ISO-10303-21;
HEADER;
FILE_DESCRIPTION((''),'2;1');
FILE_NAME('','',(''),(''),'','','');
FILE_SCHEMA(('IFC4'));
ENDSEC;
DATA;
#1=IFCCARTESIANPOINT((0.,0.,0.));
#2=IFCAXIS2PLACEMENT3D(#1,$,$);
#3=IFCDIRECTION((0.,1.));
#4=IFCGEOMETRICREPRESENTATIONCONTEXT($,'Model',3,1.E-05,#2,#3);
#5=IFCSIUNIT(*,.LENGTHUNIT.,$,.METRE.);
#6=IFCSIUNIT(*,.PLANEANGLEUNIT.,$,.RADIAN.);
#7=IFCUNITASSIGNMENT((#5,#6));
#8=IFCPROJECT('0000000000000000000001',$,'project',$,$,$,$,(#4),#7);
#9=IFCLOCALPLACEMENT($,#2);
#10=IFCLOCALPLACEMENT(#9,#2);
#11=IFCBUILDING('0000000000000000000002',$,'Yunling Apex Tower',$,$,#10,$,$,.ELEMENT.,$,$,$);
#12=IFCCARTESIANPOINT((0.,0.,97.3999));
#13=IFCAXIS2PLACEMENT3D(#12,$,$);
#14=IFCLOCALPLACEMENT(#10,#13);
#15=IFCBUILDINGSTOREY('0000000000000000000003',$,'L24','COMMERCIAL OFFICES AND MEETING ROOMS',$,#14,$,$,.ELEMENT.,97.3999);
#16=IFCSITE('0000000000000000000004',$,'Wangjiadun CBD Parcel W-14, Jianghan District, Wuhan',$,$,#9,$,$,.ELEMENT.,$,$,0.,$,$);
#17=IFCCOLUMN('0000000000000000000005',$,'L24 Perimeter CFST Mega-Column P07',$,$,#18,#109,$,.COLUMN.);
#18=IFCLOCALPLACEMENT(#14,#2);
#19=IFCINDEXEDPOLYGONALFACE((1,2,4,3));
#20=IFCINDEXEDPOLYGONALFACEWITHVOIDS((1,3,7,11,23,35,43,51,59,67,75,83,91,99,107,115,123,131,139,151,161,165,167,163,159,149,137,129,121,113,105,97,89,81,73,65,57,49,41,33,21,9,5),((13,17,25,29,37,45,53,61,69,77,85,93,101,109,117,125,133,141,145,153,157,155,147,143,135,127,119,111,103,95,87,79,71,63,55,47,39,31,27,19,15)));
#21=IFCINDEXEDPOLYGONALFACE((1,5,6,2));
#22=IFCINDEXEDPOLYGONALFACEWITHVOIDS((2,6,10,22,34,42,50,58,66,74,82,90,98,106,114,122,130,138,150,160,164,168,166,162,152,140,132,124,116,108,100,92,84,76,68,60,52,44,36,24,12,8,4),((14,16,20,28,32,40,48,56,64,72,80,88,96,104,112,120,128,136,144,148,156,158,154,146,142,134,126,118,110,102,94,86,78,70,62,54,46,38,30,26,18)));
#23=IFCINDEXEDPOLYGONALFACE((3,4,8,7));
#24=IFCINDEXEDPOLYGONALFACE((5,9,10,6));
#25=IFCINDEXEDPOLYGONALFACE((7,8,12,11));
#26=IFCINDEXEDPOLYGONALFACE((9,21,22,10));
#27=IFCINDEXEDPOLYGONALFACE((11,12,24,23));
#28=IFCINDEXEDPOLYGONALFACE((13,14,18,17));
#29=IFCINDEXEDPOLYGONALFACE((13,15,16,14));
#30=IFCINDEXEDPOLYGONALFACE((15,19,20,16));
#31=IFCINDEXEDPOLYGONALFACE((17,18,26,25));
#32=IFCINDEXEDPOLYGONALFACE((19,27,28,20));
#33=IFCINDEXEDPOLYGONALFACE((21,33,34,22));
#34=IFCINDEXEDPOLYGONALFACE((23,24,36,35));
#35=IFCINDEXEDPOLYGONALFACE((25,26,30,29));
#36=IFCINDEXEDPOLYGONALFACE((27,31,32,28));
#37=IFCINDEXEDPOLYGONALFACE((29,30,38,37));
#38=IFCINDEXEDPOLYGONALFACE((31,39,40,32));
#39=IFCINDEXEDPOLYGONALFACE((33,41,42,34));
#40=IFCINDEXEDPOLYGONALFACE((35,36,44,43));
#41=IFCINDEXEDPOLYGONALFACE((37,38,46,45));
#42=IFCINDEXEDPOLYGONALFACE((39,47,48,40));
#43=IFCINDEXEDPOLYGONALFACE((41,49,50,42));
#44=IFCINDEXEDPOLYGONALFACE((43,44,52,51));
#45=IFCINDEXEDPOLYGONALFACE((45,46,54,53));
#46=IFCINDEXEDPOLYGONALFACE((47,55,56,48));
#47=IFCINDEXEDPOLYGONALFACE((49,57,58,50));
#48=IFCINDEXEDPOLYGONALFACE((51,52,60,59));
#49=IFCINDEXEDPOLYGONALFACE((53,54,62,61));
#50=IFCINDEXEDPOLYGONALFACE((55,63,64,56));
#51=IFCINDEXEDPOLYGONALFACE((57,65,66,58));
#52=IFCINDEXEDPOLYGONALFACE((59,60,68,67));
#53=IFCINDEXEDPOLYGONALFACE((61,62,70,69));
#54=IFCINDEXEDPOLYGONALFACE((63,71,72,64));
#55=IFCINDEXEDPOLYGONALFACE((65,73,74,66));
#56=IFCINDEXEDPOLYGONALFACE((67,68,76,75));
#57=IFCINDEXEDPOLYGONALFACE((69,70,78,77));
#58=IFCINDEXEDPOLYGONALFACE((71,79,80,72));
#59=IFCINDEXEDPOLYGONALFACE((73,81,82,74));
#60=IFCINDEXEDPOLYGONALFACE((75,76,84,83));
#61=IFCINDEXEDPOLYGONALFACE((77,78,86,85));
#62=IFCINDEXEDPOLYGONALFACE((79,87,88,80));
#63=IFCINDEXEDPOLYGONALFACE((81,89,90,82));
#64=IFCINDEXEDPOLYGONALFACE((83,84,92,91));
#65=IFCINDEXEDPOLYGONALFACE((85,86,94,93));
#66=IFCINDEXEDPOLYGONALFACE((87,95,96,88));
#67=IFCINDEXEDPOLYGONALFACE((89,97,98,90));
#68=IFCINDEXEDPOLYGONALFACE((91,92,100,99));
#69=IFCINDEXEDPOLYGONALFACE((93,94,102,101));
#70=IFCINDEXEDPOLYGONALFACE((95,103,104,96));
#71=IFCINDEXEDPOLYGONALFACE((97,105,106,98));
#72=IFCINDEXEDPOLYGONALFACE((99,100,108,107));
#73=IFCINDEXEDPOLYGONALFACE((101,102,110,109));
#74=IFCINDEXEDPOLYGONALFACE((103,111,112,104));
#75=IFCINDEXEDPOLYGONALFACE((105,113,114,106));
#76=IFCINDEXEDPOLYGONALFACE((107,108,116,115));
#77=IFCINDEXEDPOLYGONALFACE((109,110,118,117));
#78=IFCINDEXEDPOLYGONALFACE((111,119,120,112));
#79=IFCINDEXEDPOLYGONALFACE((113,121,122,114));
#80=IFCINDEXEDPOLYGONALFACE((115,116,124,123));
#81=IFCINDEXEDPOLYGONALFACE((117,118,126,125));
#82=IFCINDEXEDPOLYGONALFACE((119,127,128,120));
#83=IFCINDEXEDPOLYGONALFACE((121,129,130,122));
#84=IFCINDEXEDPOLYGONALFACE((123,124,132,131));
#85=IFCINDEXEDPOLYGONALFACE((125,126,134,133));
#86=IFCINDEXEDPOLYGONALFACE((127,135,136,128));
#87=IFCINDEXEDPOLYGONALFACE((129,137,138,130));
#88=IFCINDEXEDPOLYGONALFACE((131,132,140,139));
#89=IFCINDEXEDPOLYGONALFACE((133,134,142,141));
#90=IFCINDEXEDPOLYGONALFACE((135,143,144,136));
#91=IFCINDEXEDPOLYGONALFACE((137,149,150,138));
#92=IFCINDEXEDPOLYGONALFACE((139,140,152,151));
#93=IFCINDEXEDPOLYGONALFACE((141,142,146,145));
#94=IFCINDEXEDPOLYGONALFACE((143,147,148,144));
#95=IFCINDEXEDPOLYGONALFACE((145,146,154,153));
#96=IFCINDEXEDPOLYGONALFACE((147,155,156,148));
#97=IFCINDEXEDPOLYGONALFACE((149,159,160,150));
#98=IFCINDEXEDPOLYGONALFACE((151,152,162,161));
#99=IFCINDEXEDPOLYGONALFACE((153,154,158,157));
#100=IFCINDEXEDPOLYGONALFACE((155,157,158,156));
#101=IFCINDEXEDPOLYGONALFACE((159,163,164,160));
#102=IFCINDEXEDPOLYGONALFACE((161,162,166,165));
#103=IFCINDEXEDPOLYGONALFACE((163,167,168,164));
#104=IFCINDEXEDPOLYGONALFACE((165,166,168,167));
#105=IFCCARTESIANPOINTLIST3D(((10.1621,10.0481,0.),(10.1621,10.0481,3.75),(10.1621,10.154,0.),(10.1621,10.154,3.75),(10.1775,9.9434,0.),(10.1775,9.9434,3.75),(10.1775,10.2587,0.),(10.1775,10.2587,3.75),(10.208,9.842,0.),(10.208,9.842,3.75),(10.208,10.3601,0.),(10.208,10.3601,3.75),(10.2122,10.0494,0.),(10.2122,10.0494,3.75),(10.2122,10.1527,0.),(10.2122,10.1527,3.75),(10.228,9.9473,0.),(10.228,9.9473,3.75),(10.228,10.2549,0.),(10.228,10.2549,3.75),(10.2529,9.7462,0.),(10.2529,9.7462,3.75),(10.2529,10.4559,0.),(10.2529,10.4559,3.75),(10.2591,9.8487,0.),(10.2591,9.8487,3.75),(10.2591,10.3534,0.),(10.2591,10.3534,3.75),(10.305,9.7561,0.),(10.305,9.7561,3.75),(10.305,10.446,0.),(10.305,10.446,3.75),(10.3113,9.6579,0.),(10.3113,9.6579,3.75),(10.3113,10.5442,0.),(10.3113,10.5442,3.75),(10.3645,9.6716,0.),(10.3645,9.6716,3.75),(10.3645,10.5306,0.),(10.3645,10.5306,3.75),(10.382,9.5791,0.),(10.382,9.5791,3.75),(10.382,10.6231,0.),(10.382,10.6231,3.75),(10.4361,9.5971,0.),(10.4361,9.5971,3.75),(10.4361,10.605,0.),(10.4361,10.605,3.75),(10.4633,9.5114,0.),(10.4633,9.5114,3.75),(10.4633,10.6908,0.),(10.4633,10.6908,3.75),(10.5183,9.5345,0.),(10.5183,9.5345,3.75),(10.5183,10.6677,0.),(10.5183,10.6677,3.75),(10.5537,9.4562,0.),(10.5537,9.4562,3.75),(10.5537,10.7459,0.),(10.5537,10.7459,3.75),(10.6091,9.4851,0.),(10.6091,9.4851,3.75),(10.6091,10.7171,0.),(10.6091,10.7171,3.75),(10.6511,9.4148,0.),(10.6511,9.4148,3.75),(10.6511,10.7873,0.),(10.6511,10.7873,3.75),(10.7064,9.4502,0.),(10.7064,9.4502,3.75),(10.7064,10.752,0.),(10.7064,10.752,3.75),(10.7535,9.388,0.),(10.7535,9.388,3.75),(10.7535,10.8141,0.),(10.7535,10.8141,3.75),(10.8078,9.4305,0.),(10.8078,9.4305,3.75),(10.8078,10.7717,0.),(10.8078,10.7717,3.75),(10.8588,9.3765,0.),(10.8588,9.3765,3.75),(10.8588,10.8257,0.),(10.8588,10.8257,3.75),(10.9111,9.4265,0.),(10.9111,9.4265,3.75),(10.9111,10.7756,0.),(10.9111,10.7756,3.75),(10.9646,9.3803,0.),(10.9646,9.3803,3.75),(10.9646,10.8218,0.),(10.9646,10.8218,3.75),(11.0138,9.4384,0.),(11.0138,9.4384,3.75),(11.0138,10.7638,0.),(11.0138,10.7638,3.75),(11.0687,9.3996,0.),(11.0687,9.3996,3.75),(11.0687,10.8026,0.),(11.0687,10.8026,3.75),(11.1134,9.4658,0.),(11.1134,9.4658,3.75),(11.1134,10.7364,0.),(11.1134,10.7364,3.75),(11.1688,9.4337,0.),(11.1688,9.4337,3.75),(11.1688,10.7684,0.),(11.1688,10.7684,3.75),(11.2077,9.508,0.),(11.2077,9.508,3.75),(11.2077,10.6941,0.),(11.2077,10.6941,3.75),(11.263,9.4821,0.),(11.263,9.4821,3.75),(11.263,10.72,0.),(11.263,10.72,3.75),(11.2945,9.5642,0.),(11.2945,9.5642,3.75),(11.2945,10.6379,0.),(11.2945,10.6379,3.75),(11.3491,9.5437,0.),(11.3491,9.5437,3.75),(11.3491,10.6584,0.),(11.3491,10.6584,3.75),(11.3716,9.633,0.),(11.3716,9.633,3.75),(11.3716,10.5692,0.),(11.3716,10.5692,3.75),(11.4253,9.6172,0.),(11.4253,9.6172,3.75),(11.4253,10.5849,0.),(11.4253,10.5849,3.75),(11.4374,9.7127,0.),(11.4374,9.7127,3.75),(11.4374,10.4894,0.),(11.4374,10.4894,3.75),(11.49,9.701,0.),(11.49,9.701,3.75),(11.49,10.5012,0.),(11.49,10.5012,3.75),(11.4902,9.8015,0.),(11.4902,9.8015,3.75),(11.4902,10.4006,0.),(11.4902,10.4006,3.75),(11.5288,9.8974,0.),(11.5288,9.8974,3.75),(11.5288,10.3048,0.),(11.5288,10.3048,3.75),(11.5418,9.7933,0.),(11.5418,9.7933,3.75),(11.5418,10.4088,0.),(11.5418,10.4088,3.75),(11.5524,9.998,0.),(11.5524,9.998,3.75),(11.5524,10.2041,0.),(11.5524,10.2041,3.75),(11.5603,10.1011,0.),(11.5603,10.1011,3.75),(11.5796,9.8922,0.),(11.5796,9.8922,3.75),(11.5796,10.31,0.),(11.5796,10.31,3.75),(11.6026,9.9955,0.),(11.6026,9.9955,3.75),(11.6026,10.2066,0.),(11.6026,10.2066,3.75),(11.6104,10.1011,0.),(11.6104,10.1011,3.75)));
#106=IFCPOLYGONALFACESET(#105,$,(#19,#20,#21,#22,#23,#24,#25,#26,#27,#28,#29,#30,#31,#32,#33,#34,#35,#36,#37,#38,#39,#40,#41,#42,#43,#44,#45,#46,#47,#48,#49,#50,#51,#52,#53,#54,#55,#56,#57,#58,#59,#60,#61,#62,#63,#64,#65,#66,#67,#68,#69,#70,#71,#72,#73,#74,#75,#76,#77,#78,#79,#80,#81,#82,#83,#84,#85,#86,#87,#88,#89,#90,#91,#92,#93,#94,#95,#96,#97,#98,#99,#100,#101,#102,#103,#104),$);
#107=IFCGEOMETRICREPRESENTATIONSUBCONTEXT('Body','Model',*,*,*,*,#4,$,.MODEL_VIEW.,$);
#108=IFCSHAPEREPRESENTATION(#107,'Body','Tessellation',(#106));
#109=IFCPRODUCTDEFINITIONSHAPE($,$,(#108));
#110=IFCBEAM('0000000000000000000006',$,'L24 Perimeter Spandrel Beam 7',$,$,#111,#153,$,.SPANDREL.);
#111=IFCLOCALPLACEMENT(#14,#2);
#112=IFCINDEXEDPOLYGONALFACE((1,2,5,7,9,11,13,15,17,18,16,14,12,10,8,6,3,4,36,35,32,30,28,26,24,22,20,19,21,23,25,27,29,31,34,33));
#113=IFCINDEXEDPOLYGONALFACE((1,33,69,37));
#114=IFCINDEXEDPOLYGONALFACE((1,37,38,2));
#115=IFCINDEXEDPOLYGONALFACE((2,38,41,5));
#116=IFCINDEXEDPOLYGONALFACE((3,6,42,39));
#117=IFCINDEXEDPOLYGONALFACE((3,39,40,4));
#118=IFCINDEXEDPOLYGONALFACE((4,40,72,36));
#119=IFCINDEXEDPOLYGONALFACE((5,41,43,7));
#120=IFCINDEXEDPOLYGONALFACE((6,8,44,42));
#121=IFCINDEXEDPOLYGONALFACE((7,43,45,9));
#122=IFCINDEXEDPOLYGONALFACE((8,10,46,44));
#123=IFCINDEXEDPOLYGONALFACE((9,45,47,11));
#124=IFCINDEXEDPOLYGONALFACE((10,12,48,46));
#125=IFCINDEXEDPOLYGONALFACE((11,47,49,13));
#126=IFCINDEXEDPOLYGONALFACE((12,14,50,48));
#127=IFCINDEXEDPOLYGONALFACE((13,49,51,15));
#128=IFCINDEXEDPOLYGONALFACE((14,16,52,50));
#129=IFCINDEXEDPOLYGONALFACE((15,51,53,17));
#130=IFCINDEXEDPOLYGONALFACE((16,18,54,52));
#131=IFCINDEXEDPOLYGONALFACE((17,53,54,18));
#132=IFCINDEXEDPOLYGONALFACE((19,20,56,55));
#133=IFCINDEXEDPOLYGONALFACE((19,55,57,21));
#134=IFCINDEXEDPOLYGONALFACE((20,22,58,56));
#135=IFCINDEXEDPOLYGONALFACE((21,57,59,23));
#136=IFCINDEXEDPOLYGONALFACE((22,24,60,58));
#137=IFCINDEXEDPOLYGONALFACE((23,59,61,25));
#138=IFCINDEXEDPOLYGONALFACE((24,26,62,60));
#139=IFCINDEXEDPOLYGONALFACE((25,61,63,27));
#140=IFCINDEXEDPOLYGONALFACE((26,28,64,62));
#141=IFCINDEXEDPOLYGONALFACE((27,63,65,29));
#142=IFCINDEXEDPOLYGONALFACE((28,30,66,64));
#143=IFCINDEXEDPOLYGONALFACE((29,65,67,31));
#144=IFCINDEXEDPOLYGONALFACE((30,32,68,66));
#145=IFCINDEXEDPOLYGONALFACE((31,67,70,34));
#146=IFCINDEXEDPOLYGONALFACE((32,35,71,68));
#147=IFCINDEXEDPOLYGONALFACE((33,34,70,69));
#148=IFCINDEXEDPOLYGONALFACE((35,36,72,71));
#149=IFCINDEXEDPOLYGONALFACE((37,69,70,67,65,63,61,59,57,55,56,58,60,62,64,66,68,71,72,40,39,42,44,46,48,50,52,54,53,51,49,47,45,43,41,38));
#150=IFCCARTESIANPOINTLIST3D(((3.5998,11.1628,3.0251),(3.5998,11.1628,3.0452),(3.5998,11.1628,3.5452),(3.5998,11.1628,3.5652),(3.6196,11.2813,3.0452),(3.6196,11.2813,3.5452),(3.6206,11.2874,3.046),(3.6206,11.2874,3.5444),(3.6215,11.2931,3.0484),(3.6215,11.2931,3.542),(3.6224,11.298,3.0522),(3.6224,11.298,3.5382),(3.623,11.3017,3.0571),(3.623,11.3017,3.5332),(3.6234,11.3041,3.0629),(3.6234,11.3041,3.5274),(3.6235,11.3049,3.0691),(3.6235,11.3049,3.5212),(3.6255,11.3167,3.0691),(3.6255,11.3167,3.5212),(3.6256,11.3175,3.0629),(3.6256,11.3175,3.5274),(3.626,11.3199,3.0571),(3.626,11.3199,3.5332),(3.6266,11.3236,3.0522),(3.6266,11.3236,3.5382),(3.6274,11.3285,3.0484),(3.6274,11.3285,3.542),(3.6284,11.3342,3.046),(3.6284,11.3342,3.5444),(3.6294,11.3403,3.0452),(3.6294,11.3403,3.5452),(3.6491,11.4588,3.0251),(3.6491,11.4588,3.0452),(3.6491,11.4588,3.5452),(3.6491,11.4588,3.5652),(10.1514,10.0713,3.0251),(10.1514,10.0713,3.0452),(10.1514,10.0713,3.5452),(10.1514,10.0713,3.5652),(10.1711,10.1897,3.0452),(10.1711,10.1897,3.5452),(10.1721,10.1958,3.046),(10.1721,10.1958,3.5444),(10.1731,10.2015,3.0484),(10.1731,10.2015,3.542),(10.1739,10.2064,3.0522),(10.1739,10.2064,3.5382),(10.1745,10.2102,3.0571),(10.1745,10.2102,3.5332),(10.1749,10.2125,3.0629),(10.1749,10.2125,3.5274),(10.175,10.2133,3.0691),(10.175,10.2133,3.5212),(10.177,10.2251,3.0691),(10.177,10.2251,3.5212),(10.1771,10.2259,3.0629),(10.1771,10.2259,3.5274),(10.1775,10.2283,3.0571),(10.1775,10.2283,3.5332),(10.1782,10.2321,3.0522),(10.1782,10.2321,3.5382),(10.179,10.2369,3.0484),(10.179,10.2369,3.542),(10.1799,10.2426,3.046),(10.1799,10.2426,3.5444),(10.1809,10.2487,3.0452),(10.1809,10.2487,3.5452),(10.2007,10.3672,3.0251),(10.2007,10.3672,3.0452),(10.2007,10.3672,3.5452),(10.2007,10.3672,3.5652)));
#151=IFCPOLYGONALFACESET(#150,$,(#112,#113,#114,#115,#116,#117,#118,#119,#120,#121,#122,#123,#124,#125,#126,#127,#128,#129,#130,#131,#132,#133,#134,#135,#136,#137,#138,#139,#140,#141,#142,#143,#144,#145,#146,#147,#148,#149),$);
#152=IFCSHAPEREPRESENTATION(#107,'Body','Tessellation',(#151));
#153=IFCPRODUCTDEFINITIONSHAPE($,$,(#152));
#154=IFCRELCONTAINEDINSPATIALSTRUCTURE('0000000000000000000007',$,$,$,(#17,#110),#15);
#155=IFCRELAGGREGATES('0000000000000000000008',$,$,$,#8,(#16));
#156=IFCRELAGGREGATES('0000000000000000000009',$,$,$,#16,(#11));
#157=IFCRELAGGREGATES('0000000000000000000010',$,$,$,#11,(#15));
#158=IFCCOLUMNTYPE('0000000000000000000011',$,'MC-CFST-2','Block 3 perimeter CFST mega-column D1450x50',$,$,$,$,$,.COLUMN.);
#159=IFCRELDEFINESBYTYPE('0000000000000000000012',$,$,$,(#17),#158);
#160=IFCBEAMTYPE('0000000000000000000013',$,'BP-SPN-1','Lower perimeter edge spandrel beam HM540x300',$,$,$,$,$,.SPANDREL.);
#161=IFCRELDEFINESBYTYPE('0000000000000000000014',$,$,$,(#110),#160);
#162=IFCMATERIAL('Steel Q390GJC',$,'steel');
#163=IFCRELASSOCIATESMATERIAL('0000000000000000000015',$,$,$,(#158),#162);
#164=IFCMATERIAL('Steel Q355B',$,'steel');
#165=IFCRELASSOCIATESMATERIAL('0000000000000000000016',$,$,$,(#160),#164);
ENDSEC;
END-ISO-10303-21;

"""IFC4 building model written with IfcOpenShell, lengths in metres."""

from ifc_helpers import new_model, si_unit, direction, frame, origin, origin_2d, place, context, subcontext, project, spatial, hollow_circle, i_section, extrude, source, transform, mapped, material, material_profile, profile_set, type_object, element, save


model = new_model("IFC4")

# Units and contexts
model_context = context("Model", 3, precision=1e-05, world=origin(), true_north=direction((0.0, 1.0)))
body_context = subcontext(model_context, "Body", "Model", "MODEL_VIEW")
ifc_project = project(units=[si_unit("LENGTHUNIT", "METRE"), si_unit("PLANEANGLEUNIT", "RADIAN")], contexts=[model_context])

# Site, building, storey
site_placement = place(None, origin())
site = spatial("IfcSite", under=ifc_project, at=site_placement, Name="Wangjiadun CBD Parcel W-14, Jianghan District, Wuhan", CompositionType="ELEMENT", RefElevation=0.0)
building_placement = place(site_placement, origin())
building = spatial("IfcBuilding", under=site, at=building_placement, Name="Yunling Apex Tower", CompositionType="ELEMENT")
storey_placement = place(building_placement, frame((0.0, 0.0, 97.3999)))
storey = spatial("IfcBuildingStorey", under=building, at=storey_placement, Name="L24", Description="COMMERCIAL OFFICES AND MEETING ROOMS", CompositionType="ELEMENT", Elevation=97.3999)

# Column
ifc_material_1 = material(Name="Steel Q390GJC", Category="steel")
ifc_material_profile_1 = material_profile(ifc_material_1, hollow_circle(Radius=0.7251, WallThickness=0.05, at=origin_2d()))
ifc_profile_set_1 = profile_set([ifc_material_profile_1], Name="Steel Q390GJC")
column_type = type_object("IfcColumnType", Name="MC-CFST-2", Description="Block 3 perimeter CFST mega-column D1450x50", PredefinedType="COLUMN", material=ifc_profile_set_1)
shared_shape_1 = source(origin(), body_context, "Body", "SweptSolid", [
    extrude(hollow_circle(Radius=0.7251, WallThickness=0.05, at=origin_2d()), origin(), (0.0, 0.0, 1.0), 3.75),
])
column_placement = place(storey_placement, frame((10.8853, 10.1011, 0.0), z_axis=(0.0, 0.0, 1.0), x_axis=(1.0, 0.0, 0.0)))
element("IfcColumn", 1, at=column_placement, inside=storey, type_object=column_type, Name="L24 Perimeter CFST Mega-Column P07", PredefinedType="COLUMN", context=body_context, shape_type="MappedRepresentation", body=[
    mapped(shared_shape_1, transform((0.0, 0.0, 0.0), scale=1.0)),
])

# Beam
ifc_material_2 = material(Name="Steel Q355B", Category="steel")
ifc_material_profile_2 = material_profile(ifc_material_2, i_section(OverallWidth=0.3, OverallDepth=0.54, WebThickness=0.012, FlangeThickness=0.02, FilletRadius=0.0239, at=origin_2d()))
ifc_profile_set_2 = profile_set([ifc_material_profile_2], Name="Steel Q355B")
beam_type_1 = type_object("IfcBeamType", Name="BP-SPN-1", Description="Lower perimeter edge spandrel beam HM540x300", PredefinedType="SPANDREL", material=ifc_profile_set_2)
shared_shape_2 = source(origin(), body_context, "Body", "SweptSolid", [
    extrude(i_section(OverallWidth=0.3, OverallDepth=0.54, WebThickness=0.012, FlangeThickness=0.02, FilletRadius=0.0239, at=origin_2d()), origin(), (0.0, 0.0, 1.0), 6.6418),
])
beam_1_placement = place(storey_placement, frame((10.176, 10.2192, 3.2952), z_axis=(-0.986403, 0.164345, 0.0), x_axis=(-0.164345, -0.986403, 0.0)))
element("IfcBeam", 2, at=beam_1_placement, inside=storey, type_object=beam_type_1, Name="L24 Perimeter Spandrel Beam 7", PredefinedType="SPANDREL", context=body_context, shape_type="MappedRepresentation", body=[
    mapped(shared_shape_2, transform((0.0, 0.0, 0.0), scale=1.0)),
])

save(model, "model.ifc")
